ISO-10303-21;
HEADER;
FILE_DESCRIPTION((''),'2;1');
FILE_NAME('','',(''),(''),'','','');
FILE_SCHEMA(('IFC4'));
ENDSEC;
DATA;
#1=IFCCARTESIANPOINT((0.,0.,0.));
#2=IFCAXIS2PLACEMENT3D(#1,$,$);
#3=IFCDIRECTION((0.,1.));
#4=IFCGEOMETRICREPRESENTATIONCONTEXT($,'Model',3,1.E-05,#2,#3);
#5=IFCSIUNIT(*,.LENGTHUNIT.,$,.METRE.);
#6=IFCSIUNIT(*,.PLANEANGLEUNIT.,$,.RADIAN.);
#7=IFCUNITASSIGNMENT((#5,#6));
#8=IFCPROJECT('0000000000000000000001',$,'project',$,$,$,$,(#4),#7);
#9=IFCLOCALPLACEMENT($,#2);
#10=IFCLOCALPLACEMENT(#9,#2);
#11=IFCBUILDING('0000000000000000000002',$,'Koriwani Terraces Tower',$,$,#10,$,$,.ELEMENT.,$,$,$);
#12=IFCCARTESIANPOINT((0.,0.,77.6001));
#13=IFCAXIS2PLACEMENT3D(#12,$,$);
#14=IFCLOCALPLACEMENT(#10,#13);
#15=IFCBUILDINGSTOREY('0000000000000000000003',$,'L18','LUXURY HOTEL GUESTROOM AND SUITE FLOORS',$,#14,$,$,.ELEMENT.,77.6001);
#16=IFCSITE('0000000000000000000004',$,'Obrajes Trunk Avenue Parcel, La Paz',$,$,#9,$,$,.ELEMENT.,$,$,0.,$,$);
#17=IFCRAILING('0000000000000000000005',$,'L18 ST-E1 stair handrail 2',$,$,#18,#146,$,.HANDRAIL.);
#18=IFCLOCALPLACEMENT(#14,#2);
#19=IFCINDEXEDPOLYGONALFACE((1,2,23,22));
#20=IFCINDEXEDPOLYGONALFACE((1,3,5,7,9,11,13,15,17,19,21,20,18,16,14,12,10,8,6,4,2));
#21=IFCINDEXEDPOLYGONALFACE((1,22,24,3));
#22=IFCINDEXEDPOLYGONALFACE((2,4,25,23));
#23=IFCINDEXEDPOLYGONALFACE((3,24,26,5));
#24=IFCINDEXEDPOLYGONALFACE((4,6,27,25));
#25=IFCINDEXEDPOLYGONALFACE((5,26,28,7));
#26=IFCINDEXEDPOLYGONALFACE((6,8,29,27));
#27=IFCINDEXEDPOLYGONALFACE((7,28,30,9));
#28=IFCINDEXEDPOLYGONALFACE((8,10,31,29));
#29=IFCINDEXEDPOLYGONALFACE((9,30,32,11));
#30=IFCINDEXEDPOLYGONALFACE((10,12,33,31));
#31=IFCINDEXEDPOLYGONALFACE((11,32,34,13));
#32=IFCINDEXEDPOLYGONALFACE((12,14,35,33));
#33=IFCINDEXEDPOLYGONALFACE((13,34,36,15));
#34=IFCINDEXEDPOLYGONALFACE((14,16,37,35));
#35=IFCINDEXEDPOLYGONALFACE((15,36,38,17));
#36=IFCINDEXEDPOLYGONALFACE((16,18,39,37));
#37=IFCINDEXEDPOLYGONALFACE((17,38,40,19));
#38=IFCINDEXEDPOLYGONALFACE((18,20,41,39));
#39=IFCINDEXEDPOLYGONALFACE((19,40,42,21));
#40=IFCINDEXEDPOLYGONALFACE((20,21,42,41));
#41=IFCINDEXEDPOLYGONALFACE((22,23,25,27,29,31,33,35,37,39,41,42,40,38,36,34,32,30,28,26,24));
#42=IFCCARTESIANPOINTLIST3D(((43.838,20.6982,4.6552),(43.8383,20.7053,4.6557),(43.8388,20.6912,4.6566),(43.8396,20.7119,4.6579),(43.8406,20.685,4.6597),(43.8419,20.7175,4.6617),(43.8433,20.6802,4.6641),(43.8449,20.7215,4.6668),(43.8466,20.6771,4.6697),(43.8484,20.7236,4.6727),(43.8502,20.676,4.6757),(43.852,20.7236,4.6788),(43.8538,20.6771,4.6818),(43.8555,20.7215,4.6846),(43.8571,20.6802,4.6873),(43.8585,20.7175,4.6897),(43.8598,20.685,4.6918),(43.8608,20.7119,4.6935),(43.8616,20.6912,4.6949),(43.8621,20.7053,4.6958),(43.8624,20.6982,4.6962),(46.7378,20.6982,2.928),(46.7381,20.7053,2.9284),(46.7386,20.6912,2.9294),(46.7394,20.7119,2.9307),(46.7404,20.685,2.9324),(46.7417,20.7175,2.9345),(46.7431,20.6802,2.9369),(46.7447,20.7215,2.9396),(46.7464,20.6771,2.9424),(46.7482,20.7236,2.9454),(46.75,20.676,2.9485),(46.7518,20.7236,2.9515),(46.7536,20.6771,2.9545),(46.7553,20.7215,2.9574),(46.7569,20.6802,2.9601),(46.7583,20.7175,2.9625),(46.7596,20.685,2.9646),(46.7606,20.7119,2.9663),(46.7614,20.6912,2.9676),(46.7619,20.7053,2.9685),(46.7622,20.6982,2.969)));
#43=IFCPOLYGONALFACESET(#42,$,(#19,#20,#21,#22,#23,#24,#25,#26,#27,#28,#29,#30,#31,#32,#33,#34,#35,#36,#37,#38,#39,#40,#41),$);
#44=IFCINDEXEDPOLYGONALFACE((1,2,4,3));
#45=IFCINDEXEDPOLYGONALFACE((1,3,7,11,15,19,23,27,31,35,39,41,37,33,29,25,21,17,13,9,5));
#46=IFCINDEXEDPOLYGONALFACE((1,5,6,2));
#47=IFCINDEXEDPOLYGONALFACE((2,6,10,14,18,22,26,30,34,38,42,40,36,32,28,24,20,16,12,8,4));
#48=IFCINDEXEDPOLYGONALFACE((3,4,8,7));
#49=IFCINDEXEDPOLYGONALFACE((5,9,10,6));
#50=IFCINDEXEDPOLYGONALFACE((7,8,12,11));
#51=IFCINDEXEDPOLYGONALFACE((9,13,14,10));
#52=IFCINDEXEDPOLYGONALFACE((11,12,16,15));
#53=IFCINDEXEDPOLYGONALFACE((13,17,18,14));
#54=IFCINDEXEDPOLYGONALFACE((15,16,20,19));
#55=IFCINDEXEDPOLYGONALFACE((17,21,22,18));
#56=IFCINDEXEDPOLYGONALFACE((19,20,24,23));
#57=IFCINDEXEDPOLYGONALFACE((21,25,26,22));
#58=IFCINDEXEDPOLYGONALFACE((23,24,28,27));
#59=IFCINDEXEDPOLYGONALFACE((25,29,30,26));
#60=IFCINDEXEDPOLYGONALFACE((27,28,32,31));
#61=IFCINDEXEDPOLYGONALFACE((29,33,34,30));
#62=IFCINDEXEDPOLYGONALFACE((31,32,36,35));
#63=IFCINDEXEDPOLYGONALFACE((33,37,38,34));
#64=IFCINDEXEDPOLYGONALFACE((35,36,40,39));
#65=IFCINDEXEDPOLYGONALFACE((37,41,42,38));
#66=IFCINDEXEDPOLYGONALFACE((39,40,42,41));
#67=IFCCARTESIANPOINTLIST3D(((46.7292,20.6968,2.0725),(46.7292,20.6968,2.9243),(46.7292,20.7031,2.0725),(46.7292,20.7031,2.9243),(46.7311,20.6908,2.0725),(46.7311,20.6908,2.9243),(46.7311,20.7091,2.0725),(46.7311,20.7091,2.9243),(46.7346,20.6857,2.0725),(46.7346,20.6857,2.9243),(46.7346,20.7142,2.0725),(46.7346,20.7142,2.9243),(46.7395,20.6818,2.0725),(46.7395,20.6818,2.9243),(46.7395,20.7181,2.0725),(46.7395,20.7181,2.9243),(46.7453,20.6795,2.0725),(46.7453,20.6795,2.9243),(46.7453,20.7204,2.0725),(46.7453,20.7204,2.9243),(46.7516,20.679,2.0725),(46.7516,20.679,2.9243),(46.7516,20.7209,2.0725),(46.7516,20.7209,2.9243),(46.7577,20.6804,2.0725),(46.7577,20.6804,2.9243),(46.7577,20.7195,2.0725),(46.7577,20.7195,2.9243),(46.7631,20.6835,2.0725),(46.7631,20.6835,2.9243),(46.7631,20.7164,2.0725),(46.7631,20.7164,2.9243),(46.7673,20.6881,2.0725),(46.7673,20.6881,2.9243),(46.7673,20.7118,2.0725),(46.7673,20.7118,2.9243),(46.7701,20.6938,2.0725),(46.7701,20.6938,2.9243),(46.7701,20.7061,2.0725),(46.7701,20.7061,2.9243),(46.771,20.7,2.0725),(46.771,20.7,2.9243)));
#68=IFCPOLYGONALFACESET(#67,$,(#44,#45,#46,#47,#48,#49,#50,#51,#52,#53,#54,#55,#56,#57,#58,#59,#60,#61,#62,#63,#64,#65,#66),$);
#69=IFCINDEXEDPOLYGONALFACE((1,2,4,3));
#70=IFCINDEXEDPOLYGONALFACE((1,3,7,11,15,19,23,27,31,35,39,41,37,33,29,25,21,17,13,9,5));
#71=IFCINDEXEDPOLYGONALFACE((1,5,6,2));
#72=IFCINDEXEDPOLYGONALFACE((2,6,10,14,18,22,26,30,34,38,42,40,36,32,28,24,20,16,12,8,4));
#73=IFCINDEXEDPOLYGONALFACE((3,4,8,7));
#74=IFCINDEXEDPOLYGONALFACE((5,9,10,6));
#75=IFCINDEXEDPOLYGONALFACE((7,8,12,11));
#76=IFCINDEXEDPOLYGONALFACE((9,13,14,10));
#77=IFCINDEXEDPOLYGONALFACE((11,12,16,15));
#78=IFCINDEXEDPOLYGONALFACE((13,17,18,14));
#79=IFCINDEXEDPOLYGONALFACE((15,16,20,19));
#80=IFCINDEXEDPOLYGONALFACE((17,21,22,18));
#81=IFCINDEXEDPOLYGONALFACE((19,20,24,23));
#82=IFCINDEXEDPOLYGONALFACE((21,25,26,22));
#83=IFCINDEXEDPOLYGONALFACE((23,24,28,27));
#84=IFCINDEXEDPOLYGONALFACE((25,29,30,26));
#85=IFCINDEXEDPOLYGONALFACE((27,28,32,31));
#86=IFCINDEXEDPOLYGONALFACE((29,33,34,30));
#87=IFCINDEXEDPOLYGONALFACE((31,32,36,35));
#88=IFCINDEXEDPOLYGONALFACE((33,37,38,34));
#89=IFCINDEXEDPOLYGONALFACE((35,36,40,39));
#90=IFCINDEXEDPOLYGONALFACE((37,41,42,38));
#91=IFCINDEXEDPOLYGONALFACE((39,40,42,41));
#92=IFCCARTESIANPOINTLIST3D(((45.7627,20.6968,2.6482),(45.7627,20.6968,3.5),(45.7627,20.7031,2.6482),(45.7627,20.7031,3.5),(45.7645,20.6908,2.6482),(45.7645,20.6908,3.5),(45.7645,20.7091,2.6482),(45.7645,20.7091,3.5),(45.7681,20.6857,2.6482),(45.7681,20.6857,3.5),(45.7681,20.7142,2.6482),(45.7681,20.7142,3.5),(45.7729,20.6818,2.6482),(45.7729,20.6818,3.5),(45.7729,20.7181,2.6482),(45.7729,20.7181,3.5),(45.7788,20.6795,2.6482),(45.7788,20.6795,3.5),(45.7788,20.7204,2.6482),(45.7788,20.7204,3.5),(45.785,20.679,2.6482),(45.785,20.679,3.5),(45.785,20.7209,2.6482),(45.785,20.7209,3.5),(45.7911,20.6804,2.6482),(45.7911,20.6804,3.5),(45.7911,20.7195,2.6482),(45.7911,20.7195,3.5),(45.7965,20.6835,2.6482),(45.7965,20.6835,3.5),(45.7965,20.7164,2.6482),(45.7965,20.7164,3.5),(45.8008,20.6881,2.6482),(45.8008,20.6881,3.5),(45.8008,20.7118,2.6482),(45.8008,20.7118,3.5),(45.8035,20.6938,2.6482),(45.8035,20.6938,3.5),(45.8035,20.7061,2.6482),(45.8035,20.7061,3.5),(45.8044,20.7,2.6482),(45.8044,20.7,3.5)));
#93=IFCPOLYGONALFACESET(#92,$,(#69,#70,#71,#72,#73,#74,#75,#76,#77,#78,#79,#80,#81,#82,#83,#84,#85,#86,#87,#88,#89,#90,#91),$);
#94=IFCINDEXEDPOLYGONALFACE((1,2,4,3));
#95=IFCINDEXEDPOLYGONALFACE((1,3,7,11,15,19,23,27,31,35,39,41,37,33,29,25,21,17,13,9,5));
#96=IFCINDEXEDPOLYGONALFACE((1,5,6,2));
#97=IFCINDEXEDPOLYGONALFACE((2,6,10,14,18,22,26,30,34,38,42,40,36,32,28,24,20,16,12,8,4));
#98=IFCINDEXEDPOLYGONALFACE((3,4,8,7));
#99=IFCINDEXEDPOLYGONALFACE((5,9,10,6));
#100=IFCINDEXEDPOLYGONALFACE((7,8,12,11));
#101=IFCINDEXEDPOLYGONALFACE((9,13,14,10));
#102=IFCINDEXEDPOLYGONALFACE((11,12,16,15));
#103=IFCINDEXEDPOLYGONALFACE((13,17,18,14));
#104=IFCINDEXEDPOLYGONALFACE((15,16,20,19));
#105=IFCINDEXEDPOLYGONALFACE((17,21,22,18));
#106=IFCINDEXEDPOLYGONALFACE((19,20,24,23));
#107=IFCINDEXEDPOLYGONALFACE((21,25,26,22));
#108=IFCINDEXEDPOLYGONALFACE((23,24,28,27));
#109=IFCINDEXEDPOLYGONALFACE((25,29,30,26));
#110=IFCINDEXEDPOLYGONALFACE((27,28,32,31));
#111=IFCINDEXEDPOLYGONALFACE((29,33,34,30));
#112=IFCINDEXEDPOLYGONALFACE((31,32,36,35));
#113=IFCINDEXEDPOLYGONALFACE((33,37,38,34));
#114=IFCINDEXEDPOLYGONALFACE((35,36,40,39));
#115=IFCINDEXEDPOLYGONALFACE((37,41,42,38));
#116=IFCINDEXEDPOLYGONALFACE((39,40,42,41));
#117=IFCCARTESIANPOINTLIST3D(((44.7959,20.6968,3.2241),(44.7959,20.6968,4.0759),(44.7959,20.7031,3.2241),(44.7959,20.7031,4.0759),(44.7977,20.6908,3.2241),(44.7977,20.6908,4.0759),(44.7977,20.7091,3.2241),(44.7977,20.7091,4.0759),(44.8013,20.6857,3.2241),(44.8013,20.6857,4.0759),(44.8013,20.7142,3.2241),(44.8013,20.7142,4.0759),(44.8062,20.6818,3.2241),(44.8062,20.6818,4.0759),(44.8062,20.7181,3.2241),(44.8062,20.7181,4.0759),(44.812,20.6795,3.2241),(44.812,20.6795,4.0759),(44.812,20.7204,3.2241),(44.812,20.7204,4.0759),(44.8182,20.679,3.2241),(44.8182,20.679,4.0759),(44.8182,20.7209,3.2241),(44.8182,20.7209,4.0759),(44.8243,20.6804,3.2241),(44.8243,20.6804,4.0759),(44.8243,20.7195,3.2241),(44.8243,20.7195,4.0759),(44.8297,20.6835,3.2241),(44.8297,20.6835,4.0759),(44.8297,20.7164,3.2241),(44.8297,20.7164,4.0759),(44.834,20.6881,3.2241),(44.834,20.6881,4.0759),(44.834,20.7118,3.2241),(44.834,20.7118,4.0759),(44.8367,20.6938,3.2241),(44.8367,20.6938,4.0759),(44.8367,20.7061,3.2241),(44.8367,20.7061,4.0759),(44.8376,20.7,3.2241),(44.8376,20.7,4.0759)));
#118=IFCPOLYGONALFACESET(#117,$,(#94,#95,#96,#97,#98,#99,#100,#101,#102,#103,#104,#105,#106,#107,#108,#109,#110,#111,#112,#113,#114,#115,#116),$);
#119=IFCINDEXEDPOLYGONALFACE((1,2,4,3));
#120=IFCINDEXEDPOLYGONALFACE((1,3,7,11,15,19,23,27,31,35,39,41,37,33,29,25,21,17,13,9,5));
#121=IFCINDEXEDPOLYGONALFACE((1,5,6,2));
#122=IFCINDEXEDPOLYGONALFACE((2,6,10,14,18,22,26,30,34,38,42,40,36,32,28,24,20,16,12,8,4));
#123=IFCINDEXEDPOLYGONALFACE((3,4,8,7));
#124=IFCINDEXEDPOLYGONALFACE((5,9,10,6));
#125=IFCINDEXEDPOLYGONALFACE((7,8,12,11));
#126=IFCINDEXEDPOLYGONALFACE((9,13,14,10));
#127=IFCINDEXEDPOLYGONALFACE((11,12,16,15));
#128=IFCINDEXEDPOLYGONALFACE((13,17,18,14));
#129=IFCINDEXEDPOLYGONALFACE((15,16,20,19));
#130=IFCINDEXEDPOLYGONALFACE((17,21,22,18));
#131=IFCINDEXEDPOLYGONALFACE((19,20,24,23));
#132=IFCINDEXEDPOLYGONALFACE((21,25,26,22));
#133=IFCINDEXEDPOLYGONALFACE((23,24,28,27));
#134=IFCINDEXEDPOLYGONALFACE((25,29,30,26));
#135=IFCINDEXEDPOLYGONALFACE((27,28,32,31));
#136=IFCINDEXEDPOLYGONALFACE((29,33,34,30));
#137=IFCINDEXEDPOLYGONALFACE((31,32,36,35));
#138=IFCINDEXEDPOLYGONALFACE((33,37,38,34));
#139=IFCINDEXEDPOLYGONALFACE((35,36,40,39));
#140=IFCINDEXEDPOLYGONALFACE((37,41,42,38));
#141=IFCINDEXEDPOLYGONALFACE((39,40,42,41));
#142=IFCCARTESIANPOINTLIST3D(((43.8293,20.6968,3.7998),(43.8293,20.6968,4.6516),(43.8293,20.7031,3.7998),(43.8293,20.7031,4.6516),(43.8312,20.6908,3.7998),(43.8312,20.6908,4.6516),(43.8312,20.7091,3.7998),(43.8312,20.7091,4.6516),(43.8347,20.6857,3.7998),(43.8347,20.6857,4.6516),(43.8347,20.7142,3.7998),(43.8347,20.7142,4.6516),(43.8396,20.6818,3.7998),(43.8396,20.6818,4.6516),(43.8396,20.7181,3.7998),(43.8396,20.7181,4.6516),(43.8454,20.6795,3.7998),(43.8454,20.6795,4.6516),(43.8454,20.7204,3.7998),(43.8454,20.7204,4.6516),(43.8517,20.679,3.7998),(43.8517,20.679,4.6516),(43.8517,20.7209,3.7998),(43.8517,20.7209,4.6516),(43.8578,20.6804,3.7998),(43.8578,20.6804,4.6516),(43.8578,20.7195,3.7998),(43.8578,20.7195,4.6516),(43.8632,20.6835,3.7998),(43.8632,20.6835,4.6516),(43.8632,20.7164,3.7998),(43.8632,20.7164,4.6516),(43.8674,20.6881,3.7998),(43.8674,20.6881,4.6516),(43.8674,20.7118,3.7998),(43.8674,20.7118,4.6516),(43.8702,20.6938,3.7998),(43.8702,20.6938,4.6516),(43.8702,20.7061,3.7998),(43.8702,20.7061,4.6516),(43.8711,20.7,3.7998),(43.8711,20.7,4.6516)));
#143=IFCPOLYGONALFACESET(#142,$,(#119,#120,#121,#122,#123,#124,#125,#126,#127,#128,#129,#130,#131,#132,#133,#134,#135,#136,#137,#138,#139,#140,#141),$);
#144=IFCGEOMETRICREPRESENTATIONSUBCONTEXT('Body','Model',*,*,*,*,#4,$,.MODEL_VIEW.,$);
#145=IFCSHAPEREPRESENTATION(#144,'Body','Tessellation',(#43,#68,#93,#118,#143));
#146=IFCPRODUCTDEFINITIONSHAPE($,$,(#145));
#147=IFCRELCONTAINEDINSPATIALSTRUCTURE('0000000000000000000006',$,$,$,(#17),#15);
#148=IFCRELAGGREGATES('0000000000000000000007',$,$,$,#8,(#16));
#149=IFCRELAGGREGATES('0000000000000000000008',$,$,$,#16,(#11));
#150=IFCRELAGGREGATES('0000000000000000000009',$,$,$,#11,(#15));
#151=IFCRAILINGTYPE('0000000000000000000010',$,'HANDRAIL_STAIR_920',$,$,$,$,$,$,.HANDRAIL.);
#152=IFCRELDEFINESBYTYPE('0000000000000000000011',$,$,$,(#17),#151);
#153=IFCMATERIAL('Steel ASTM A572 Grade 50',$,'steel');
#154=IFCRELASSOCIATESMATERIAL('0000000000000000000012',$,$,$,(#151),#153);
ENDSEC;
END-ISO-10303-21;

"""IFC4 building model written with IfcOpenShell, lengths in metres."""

from ifc_helpers import new_model, si_unit, direction, frame, origin, origin_2d, place, context, subcontext, project, spatial, circle, extrude, material, type_object, element, save


model = new_model("IFC4")

# Units and contexts
model_context = context("Model", 3, precision=1e-05, world=origin(), true_north=direction((0.0, 1.0)))
body_context = subcontext(model_context, "Body", "Model", "MODEL_VIEW")
ifc_project = project(units=[si_unit("LENGTHUNIT", "METRE"), si_unit("PLANEANGLEUNIT", "RADIAN")], contexts=[model_context])

# Site, building, storey
site_placement = place(None, origin())
site = spatial("IfcSite", under=ifc_project, at=site_placement, Name="Obrajes Trunk Avenue Parcel, La Paz", CompositionType="ELEMENT", RefElevation=0.0)
building_placement = place(site_placement, origin())
building = spatial("IfcBuilding", under=site, at=building_placement, Name="Koriwani Terraces Tower", CompositionType="ELEMENT")
storey_placement = place(building_placement, frame((0.0, 0.0, 77.6001)))
storey = spatial("IfcBuildingStorey", under=building, at=storey_placement, Name="L18", Description="LUXURY HOTEL GUESTROOM AND SUITE FLOORS", CompositionType="ELEMENT", Elevation=77.6001)

# Shared definitions
ifc_material_1 = material(Name="Steel ASTM A572 Grade 50", Category="steel")

# Railing
railing_type_1 = type_object("IfcRailingType", Name="HANDRAIL_STAIR_920", PredefinedType="HANDRAIL", material=ifc_material_1)
railing_1_placement = place(storey_placement, frame((46.75, 20.7, 2.0725)))
element("IfcRailing", 1, at=railing_1_placement, inside=storey, type_object=railing_type_1, Name="L18 ST-E1 stair handrail 2", PredefinedType="HANDRAIL", context=body_context, shape_type="SweptSolid", body=[
    extrude(circle(Radius=0.0239, at=origin_2d()), frame((0.0, 0.0, 0.876), z_axis=(-0.859141, 0.0, 0.511738), x_axis=(0.0, -1.0, 0.0)), (0.0, 0.0, 1.0), 3.3752),
    extrude(circle(Radius=0.021, at=origin_2d()), origin(), (0.0, 0.0, 1.0), 0.8518),
    extrude(circle(Radius=0.021, at=origin_2d()), frame((-0.9666, 0.0, 0.5757)), (0.0, 0.0, 1.0), 0.8518),
    extrude(circle(Radius=0.021, at=origin_2d()), frame((-1.9333, 0.0, 1.1516)), (0.0, 0.0, 1.0), 0.8518),
    extrude(circle(Radius=0.021, at=origin_2d()), frame((-2.8999, 0.0, 1.7273)), (0.0, 0.0, 1.0), 0.8518),
])

save(model, "model.ifc")
